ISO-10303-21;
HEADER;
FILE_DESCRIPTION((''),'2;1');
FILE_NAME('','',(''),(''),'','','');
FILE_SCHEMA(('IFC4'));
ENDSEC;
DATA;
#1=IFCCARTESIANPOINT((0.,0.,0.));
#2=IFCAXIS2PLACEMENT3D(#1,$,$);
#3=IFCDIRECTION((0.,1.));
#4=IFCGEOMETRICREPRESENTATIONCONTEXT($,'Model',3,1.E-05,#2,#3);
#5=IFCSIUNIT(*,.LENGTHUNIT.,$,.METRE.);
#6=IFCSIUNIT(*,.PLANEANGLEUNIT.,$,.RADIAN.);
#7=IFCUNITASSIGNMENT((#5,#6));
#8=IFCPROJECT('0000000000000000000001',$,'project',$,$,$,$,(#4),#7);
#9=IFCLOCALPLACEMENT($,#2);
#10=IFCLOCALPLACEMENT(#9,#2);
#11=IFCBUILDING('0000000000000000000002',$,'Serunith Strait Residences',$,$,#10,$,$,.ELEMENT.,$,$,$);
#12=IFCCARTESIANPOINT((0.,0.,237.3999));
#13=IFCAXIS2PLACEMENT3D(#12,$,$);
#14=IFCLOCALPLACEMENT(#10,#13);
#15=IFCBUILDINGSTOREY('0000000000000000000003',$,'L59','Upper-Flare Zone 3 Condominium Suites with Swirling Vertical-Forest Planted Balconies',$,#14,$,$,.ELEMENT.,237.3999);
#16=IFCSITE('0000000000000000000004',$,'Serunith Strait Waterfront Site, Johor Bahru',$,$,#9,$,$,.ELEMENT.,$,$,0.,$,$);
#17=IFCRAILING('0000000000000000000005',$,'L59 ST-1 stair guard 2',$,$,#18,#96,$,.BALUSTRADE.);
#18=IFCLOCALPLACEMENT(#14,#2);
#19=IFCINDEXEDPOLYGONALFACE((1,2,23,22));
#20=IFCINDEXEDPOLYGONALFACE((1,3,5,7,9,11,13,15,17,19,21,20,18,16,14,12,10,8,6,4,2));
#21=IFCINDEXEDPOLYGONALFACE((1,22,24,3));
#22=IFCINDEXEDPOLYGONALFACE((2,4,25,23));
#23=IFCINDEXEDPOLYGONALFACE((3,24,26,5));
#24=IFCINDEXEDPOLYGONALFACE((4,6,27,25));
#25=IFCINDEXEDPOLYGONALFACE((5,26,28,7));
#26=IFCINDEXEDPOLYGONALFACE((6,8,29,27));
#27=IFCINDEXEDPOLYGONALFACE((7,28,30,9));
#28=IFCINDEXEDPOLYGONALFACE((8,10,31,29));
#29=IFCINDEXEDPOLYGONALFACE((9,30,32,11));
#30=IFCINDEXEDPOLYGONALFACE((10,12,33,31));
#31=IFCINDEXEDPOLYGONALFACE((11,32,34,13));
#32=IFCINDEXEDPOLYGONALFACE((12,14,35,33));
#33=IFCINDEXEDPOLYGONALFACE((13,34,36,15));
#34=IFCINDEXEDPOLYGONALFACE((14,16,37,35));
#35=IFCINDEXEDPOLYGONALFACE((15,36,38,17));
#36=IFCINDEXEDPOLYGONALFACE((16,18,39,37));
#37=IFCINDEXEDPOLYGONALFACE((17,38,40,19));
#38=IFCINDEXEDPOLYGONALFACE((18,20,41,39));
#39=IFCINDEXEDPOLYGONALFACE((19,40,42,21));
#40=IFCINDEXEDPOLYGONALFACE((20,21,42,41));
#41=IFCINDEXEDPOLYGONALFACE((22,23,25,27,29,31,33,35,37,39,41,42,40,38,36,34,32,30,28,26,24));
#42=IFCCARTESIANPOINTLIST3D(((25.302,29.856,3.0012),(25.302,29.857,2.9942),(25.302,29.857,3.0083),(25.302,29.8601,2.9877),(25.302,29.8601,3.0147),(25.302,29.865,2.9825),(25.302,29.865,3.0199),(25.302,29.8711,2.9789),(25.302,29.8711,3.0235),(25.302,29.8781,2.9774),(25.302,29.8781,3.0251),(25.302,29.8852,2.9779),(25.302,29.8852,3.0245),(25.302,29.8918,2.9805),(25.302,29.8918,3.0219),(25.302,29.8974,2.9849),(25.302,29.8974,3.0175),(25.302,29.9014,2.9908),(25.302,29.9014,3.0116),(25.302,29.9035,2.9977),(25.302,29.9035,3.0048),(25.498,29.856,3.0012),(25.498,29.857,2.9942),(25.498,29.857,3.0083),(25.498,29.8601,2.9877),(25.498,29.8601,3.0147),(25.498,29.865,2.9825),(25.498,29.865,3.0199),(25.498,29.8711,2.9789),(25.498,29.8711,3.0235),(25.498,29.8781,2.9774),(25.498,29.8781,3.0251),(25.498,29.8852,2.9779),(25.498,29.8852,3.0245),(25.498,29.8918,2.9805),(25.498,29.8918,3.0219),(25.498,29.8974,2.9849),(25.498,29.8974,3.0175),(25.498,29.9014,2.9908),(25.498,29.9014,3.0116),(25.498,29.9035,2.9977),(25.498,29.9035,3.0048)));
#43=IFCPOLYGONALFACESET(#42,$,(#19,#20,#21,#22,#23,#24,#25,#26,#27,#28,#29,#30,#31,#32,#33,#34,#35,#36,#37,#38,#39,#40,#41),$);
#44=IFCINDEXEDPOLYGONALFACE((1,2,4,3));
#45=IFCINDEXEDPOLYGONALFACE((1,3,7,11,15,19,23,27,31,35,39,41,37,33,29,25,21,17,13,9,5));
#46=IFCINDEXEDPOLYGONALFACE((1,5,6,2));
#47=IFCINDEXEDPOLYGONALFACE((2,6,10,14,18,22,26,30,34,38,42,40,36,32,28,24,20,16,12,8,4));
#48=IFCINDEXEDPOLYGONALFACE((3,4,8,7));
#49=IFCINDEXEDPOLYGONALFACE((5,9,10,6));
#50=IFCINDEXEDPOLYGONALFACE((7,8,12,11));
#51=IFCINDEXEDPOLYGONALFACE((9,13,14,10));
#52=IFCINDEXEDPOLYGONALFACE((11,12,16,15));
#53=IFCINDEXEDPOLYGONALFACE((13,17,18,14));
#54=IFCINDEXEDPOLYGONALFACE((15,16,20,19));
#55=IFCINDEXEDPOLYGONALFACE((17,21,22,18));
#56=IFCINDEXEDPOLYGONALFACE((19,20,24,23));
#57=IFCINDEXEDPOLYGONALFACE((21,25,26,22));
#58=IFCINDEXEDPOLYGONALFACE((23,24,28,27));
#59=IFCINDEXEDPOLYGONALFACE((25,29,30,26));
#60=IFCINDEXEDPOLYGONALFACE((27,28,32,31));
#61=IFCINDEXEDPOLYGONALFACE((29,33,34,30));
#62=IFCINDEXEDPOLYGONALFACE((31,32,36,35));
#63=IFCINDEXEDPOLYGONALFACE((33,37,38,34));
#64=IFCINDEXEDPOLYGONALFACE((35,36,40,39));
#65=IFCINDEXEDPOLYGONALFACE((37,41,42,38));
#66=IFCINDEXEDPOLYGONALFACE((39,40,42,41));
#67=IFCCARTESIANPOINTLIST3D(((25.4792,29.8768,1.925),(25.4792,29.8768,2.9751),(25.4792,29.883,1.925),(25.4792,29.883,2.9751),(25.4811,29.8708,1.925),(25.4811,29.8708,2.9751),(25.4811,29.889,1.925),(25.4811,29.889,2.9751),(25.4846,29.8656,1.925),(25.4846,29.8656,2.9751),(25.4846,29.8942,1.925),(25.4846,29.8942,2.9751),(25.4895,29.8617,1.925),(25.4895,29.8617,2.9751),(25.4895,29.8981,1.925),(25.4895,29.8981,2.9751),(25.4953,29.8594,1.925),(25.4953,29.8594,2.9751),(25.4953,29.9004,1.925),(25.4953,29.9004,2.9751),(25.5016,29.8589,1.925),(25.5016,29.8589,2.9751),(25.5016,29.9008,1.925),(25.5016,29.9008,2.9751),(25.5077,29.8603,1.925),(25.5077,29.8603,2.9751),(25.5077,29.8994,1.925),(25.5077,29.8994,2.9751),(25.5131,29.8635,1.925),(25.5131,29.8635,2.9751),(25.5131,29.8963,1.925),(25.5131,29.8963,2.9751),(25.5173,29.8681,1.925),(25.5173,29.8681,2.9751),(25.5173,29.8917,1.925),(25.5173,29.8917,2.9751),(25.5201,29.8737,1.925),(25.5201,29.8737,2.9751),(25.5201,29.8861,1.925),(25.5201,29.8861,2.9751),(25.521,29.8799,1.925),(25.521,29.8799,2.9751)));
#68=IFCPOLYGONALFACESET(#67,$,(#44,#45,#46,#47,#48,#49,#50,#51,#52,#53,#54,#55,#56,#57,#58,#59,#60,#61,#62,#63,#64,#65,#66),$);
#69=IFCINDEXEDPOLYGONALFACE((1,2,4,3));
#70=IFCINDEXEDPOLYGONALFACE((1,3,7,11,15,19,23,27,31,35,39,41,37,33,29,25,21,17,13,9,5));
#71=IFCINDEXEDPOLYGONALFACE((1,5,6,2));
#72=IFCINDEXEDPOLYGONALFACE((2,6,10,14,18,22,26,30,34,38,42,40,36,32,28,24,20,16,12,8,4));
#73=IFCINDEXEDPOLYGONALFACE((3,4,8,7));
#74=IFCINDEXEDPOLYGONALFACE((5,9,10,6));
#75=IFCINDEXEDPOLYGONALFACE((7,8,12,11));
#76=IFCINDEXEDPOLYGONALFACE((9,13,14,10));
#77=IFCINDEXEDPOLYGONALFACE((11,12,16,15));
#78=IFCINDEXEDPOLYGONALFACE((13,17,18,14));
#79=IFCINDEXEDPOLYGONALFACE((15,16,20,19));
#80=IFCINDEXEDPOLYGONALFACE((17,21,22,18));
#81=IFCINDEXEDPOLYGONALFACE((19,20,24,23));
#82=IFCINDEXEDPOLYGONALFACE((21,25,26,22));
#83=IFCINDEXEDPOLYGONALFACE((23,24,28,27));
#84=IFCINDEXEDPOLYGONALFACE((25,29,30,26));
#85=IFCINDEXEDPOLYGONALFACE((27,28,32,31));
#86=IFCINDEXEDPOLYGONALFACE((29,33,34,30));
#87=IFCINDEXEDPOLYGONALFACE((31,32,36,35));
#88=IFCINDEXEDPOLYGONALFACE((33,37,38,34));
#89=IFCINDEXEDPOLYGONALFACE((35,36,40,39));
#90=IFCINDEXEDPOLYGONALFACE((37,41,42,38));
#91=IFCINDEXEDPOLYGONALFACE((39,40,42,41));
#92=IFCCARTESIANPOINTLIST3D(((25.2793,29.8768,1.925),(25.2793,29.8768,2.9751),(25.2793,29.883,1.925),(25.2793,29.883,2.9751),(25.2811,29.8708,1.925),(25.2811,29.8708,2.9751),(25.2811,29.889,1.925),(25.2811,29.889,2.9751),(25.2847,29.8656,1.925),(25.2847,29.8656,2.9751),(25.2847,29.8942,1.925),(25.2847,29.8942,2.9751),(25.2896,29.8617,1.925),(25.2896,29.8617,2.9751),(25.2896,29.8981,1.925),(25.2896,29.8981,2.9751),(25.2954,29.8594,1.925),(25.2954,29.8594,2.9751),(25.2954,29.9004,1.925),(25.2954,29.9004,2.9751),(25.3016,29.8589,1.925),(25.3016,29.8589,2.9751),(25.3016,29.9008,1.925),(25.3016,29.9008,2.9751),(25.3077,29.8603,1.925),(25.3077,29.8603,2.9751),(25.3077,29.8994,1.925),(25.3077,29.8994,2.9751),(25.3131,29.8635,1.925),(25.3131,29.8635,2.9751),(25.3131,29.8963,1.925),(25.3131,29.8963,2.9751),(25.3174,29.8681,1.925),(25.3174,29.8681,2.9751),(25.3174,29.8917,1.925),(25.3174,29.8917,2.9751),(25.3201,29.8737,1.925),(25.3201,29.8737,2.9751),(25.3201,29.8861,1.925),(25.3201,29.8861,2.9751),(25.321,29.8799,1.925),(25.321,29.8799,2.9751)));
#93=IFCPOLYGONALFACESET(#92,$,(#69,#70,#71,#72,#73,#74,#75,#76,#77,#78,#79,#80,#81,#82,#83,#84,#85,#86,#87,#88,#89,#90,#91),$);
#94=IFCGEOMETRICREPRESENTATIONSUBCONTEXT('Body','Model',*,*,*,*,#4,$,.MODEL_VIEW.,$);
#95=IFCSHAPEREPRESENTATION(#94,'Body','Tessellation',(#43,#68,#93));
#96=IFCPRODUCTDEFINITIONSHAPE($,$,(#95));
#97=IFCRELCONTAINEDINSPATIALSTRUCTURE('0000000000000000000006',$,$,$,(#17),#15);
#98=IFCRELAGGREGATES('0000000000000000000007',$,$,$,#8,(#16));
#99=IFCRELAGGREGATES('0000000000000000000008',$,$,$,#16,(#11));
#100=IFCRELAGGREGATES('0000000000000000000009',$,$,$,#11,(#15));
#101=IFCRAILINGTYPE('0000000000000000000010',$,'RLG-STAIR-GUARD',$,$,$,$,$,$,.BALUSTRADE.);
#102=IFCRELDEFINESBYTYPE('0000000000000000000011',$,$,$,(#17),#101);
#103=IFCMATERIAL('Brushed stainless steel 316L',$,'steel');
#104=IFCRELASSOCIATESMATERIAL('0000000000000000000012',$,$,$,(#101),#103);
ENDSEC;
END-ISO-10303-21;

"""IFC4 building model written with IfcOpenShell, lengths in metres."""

from ifc_helpers import new_model, si_unit, direction, frame, origin, origin_2d, place, context, subcontext, project, spatial, circle, extrude, material, type_object, element, save


model = new_model("IFC4")

# Units and contexts
model_context = context("Model", 3, precision=1e-05, world=origin(), true_north=direction((0.0, 1.0)))
body_context = subcontext(model_context, "Body", "Model", "MODEL_VIEW")
ifc_project = project(units=[si_unit("LENGTHUNIT", "METRE"), si_unit("PLANEANGLEUNIT", "RADIAN")], contexts=[model_context])

# Site, building, storey
site_placement = place(None, origin())
site = spatial("IfcSite", under=ifc_project, at=site_placement, Name="Serunith Strait Waterfront Site, Johor Bahru", CompositionType="ELEMENT", RefElevation=0.0)
building_placement = place(site_placement, origin())
building = spatial("IfcBuilding", under=site, at=building_placement, Name="Serunith Strait Residences", CompositionType="ELEMENT")
storey_placement = place(building_placement, frame((0.0, 0.0, 237.3999)))
storey = spatial("IfcBuildingStorey", under=building, at=storey_placement, Name="L59", Description="Upper-Flare Zone 3 Condominium Suites with Swirling Vertical-Forest Planted Balconies", CompositionType="ELEMENT", Elevation=237.3999)

# Railing
ifc_material_1 = material(Name="Brushed stainless steel 316L", Category="steel")
railing_type_1 = type_object("IfcRailingType", Name="RLG-STAIR-GUARD", PredefinedType="BALUSTRADE", material=ifc_material_1)
railing_1_placement = place(storey_placement, frame((25.5, 29.8799, 1.925)))
element("IfcRailing", 1, at=railing_1_placement, inside=storey, type_object=railing_type_1, Name="L59 ST-1 stair guard 2", PredefinedType="BALUSTRADE", context=body_context, shape_type="SweptSolid", body=[
    extrude(circle(Radius=0.0239, at=origin_2d()), frame((-0.002, 0.0, 1.0762), z_axis=(-1.0, 0.0, 0.0), x_axis=(0.0, -1.0, 0.0)), (0.0, 0.0, 1.0), 0.196),
    extrude(circle(Radius=0.021, at=origin_2d()), origin(), (0.0, 0.0, 1.0), 1.05),
    extrude(circle(Radius=0.021, at=origin_2d()), frame((-0.2, 0.0, 0.0)), (0.0, 0.0, 1.0), 1.05),
])

save(model, "model.ifc")
